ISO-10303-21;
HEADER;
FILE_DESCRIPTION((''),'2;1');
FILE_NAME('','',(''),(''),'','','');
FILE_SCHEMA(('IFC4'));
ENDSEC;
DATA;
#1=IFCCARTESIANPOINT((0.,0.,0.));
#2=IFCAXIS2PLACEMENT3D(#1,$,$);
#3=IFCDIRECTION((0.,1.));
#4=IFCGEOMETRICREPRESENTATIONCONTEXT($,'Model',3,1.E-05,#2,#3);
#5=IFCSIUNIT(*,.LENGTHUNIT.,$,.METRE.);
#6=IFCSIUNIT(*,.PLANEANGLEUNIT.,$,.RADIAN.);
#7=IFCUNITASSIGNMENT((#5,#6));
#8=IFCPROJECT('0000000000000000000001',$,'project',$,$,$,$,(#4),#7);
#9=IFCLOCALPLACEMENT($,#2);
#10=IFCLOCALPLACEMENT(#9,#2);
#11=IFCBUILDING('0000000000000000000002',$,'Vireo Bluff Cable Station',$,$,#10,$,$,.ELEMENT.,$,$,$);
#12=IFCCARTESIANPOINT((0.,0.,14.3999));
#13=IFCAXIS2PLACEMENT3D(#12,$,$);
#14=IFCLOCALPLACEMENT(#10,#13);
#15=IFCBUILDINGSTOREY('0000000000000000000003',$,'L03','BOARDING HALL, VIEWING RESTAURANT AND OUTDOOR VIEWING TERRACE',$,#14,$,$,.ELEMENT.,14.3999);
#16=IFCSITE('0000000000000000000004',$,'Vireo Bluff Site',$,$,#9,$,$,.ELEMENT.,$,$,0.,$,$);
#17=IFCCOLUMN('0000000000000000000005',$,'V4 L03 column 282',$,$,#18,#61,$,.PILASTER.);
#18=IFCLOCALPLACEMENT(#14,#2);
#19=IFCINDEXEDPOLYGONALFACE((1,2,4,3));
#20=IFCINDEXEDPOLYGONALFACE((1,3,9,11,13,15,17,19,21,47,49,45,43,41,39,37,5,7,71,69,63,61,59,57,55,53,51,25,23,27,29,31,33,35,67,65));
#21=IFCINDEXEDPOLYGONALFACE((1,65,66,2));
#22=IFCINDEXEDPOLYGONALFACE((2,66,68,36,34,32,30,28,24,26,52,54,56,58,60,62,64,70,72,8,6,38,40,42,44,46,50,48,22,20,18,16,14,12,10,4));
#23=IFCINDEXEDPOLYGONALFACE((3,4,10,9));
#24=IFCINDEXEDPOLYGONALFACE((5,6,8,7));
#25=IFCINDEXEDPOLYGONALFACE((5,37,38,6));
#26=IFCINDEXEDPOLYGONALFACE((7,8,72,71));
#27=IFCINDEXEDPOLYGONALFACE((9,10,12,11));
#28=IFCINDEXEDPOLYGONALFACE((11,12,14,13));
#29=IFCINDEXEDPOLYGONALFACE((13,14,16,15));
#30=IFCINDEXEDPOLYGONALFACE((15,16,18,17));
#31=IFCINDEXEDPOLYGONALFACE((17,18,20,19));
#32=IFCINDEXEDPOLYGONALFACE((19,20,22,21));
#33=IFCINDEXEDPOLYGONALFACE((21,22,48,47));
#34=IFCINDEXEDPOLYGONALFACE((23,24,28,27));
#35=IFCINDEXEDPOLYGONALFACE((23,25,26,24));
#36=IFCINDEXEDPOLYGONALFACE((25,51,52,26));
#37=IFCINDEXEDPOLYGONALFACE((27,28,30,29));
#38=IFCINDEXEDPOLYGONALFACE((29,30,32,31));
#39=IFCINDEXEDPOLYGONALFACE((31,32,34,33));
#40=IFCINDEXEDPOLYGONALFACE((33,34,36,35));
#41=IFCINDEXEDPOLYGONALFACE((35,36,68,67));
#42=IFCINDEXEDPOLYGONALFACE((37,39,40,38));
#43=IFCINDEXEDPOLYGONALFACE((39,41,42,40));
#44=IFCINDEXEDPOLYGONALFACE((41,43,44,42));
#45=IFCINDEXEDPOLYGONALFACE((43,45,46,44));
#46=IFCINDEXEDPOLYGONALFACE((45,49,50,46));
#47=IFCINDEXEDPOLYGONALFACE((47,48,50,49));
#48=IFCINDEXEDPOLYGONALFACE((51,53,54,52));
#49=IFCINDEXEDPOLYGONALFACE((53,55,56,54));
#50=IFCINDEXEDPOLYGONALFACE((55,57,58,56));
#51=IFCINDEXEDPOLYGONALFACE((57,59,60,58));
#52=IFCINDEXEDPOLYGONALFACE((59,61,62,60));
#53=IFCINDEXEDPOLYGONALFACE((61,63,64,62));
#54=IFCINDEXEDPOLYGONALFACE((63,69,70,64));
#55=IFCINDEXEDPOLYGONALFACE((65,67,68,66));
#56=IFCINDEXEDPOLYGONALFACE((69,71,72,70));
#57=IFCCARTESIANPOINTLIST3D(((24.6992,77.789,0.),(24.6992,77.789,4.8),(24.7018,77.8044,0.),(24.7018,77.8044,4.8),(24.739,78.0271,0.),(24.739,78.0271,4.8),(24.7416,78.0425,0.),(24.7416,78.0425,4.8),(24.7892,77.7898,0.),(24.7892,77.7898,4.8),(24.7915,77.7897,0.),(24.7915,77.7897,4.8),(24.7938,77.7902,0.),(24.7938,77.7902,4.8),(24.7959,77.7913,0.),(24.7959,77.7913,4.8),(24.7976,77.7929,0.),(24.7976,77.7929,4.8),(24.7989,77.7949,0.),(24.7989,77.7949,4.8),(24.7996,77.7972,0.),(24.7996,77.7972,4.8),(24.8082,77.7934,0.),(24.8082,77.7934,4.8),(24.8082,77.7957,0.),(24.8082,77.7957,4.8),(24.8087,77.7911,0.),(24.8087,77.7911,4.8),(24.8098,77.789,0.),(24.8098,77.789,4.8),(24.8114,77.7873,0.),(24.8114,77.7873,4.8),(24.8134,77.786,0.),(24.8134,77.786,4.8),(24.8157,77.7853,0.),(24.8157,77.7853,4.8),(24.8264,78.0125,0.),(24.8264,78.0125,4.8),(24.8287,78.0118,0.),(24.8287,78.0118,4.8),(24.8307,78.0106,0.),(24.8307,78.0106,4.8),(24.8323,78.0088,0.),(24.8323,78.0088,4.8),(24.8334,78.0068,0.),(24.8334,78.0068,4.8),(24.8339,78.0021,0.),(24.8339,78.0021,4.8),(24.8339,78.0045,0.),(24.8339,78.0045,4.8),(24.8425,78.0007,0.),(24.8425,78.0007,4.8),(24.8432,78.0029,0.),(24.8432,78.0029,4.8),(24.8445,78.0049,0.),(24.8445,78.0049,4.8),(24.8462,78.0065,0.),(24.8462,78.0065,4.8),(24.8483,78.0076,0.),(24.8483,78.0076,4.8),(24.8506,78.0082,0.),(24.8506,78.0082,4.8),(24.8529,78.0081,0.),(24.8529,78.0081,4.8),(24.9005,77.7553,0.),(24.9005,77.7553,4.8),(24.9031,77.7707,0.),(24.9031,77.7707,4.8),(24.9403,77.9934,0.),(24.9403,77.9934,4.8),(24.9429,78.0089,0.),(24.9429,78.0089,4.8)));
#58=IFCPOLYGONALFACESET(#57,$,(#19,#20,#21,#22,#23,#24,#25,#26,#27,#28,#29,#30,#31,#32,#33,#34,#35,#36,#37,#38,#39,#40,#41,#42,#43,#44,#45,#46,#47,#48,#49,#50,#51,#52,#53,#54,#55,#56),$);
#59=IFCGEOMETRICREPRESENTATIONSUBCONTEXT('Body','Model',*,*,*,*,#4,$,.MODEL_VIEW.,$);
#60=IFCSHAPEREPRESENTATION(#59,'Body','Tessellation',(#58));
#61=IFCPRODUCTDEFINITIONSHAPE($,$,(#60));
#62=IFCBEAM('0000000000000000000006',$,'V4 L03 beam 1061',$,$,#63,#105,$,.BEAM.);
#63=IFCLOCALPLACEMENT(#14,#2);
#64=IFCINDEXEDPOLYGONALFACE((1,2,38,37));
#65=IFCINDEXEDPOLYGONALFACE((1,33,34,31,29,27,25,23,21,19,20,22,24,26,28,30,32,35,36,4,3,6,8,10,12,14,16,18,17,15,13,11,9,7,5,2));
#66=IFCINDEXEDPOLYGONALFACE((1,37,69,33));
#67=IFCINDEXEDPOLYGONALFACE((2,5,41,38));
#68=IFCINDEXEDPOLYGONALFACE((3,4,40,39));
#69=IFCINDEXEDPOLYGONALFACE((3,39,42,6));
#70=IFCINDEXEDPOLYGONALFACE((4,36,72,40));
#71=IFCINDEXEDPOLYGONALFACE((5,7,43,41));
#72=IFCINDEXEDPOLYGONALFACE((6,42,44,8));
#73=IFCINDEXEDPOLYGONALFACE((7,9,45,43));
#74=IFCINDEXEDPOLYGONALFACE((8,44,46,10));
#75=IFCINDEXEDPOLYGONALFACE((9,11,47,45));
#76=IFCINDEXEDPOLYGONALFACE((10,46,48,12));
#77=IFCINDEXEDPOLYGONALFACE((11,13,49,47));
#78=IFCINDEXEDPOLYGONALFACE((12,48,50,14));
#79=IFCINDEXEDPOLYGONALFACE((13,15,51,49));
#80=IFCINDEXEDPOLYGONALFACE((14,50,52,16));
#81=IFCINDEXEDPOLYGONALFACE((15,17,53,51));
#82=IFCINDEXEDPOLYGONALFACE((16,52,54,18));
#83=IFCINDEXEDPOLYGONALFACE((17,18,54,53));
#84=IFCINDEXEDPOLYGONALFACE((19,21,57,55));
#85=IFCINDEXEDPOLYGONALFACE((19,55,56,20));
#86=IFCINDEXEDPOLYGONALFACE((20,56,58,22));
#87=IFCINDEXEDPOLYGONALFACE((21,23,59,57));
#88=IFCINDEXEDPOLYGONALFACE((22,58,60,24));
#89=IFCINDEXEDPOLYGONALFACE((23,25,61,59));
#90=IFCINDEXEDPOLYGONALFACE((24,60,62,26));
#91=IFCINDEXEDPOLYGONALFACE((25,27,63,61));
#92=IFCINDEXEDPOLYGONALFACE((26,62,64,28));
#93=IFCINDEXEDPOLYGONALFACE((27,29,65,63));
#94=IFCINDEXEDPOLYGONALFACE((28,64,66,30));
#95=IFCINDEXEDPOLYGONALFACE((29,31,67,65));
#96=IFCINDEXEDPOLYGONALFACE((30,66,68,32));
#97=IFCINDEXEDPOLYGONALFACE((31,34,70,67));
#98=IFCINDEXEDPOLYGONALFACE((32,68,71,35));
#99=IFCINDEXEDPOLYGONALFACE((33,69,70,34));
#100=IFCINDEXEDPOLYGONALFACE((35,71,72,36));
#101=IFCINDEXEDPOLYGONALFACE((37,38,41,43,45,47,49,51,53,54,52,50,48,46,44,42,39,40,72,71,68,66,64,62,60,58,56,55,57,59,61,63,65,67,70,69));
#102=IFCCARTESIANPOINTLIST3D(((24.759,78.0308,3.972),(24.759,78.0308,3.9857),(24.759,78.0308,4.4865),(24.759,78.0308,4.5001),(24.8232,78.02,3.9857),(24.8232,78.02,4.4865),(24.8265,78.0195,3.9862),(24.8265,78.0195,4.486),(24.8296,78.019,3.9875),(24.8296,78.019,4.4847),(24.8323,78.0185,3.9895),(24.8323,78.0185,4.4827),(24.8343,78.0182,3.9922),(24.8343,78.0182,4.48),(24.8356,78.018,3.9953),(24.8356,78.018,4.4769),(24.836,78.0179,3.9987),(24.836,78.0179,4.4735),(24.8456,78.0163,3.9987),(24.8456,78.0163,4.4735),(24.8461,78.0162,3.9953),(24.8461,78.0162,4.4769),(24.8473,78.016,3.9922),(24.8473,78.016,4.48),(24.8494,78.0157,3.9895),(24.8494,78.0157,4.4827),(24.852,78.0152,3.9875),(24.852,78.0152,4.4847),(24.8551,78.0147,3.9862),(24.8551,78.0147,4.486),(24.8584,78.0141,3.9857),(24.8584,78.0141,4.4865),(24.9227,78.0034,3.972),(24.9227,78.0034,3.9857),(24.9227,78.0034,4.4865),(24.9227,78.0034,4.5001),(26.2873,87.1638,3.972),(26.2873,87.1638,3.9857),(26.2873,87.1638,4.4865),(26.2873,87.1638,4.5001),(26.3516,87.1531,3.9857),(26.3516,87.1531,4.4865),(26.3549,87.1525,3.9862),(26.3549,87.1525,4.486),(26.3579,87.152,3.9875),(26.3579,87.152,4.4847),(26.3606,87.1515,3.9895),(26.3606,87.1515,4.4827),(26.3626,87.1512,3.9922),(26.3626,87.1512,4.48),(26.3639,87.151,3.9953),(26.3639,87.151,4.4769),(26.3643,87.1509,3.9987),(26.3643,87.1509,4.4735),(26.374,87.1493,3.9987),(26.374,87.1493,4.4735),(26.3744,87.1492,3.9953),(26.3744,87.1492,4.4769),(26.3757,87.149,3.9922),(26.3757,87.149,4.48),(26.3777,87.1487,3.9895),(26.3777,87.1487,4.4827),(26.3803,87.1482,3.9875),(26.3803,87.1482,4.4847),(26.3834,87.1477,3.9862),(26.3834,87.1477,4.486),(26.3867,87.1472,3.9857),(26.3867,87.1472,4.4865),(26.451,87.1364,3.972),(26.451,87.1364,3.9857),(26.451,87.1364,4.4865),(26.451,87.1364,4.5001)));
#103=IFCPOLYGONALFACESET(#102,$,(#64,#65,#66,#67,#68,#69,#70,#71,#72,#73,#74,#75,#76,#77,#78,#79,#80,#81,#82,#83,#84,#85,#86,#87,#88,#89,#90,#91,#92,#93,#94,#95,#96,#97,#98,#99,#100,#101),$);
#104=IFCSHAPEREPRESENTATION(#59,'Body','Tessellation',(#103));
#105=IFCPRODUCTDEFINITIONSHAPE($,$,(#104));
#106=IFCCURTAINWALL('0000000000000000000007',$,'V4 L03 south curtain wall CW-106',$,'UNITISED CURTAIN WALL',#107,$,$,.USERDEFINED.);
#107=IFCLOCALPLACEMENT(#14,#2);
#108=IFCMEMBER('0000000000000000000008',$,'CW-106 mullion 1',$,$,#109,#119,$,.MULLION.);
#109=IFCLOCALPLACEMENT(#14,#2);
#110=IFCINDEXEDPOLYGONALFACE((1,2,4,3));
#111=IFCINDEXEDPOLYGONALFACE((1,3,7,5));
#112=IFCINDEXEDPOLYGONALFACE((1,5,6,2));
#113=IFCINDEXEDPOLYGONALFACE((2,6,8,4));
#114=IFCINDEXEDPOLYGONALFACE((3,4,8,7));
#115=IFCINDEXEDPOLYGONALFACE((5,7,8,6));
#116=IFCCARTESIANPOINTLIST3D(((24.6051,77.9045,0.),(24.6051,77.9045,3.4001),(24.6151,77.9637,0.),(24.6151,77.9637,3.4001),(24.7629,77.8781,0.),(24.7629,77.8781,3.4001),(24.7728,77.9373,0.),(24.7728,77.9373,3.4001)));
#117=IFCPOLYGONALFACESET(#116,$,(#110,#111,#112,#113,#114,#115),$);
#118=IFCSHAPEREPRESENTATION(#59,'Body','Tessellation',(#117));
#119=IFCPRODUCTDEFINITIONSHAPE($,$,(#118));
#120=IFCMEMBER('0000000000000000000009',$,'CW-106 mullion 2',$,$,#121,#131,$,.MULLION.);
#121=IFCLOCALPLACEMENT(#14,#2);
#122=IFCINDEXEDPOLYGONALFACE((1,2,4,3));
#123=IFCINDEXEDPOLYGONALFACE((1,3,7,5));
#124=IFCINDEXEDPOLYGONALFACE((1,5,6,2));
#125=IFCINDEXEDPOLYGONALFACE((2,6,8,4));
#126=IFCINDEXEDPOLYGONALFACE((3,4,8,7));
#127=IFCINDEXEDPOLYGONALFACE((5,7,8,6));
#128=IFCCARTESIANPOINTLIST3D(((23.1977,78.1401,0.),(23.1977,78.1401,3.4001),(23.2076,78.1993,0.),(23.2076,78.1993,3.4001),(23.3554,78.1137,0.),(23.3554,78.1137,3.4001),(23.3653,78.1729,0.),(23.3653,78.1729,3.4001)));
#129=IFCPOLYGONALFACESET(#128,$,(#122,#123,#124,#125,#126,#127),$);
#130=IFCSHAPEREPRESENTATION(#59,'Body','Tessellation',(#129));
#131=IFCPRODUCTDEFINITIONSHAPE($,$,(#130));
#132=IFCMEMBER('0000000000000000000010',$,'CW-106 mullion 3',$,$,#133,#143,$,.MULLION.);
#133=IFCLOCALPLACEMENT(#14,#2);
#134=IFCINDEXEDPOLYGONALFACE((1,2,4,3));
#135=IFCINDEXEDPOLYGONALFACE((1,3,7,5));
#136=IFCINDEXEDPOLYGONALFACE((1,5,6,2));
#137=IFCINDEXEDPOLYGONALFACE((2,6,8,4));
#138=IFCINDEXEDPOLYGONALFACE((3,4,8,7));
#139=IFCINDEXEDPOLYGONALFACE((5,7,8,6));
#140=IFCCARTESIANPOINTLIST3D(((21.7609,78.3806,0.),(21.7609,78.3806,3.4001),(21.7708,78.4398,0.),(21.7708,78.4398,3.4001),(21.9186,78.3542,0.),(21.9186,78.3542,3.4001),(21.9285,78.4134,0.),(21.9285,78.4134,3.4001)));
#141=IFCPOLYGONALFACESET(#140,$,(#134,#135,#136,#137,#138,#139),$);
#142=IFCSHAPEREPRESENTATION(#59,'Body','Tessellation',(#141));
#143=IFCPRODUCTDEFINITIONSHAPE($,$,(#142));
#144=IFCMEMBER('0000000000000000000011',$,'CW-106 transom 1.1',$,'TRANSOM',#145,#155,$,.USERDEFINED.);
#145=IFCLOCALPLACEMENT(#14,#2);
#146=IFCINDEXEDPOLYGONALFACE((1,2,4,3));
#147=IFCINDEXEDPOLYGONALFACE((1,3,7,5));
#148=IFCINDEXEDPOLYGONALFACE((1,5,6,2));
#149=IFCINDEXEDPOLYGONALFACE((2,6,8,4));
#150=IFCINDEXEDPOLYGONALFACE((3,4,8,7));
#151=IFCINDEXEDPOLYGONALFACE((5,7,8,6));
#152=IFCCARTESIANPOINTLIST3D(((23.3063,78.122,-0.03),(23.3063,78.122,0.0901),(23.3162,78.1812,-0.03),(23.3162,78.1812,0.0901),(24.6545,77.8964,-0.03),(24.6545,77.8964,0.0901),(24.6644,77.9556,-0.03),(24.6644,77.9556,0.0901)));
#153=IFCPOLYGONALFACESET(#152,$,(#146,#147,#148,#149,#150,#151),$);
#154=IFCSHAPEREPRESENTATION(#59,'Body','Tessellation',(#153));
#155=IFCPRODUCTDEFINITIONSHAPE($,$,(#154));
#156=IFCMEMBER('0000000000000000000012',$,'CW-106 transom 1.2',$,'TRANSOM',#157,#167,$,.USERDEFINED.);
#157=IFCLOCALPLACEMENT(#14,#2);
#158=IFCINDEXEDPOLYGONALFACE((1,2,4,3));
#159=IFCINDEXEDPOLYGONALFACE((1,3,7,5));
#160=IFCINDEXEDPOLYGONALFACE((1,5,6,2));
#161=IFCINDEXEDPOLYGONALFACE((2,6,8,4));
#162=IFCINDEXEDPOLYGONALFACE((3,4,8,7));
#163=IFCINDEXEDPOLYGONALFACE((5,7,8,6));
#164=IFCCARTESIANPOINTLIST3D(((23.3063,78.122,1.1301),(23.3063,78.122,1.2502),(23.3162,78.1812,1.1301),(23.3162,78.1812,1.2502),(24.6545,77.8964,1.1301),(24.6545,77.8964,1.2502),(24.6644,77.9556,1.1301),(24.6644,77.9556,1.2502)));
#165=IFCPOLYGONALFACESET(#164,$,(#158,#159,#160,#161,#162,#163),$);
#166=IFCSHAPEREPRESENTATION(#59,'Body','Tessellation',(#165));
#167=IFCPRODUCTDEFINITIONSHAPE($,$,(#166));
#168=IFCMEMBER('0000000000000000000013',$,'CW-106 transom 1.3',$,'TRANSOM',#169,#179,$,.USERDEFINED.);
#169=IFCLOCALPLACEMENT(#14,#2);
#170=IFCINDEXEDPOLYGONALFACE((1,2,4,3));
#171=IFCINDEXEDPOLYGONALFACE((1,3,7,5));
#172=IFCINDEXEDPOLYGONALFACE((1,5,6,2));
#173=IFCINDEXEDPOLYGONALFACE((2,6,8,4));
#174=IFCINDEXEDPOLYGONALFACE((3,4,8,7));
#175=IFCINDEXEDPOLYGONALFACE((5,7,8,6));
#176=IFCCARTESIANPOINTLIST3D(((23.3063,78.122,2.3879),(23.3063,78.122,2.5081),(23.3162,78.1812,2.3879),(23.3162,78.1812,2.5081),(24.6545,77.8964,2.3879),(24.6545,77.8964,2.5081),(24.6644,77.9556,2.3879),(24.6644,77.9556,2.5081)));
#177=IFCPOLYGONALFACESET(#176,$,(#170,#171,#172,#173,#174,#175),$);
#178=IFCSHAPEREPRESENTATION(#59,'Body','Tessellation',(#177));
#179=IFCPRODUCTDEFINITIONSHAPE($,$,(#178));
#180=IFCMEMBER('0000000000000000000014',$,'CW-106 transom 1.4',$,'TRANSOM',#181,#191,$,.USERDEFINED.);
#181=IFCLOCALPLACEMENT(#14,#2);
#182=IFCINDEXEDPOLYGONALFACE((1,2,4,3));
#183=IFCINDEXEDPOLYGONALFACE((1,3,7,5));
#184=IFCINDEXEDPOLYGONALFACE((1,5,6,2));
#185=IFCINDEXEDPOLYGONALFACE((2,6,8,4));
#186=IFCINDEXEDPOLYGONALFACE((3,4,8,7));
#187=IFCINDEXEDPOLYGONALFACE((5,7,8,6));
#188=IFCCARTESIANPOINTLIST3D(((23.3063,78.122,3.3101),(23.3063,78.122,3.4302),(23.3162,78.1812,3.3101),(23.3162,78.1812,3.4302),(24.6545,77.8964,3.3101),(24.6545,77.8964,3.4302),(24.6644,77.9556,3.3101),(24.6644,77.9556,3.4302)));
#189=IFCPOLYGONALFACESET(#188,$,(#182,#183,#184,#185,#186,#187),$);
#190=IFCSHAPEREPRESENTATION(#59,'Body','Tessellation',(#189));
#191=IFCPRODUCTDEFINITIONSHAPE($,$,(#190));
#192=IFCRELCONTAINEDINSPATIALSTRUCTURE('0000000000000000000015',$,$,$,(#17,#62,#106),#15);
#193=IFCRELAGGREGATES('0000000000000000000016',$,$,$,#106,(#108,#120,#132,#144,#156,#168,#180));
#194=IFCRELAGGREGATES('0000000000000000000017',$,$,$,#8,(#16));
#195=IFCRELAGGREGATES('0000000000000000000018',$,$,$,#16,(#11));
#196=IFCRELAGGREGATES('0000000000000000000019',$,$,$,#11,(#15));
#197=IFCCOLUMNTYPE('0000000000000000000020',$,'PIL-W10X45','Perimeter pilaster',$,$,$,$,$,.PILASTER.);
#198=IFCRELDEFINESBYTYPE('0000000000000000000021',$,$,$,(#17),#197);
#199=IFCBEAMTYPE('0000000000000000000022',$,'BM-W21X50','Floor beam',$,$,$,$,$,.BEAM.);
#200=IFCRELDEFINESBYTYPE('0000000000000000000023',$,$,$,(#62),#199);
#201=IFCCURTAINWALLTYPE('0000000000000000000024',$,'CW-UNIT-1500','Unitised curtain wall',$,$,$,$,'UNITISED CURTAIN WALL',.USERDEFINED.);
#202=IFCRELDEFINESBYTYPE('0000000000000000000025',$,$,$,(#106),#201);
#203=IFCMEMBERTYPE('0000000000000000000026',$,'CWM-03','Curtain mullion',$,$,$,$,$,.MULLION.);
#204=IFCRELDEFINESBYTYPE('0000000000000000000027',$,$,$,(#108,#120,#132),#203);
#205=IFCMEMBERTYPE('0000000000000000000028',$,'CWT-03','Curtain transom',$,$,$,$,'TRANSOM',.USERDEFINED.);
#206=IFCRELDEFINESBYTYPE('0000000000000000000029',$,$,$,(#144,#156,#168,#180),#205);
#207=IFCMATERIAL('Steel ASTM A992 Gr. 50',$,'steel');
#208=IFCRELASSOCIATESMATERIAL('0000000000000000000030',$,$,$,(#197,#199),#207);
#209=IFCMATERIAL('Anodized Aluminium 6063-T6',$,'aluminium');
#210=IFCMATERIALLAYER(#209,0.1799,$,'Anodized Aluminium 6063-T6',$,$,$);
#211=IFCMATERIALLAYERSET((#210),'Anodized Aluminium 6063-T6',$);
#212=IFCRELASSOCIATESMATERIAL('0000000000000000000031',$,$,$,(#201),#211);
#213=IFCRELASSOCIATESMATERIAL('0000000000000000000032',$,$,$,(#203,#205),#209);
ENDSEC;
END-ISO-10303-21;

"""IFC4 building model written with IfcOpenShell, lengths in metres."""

from ifc_helpers import new_model, si_unit, direction, frame, origin, origin_2d, place, context, subcontext, project, spatial, rectangle, i_section, extrude, material, layer, layer_set, material_profile, profile_set, type_object, element, aggregate, save


model = new_model("IFC4")

# Units and contexts
model_context = context("Model", 3, precision=1e-05, world=origin(), true_north=direction((0.0, 1.0)))
body_context = subcontext(model_context, "Body", "Model", "MODEL_VIEW")
ifc_project = project(units=[si_unit("LENGTHUNIT", "METRE"), si_unit("PLANEANGLEUNIT", "RADIAN")], contexts=[model_context])

# Site, building, storey
site_placement = place(None, origin())
site = spatial("IfcSite", under=ifc_project, at=site_placement, Name="Vireo Bluff Site", CompositionType="ELEMENT", RefElevation=0.0)
building_placement = place(site_placement, origin())
building = spatial("IfcBuilding", under=site, at=building_placement, Name="Vireo Bluff Cable Station", CompositionType="ELEMENT")
storey_placement = place(building_placement, frame((0.0, 0.0, 14.3999)))
storey = spatial("IfcBuildingStorey", under=building, at=storey_placement, Name="L03", Description="BOARDING HALL, VIEWING RESTAURANT AND OUTDOOR VIEWING TERRACE", CompositionType="ELEMENT", Elevation=14.3999)

# Column
ifc_material_1 = material(Name="Steel ASTM A992 Gr. 50", Category="steel")
ifc_material_profile_1 = material_profile(ifc_material_1, i_section(OverallWidth=0.2041, OverallDepth=0.2571, WebThickness=0.0088, FlangeThickness=0.0156, FilletRadius=0.009, at=origin_2d()), Name="W10X45")
ifc_profile_set_1 = profile_set([ifc_material_profile_1], Name="Steel ASTM A992 Gr. 50")
column_type = type_object("IfcColumnType", Name="PIL-W10X45", Description="Perimeter pilaster", PredefinedType="PILASTER", material=ifc_profile_set_1)
column_placement = place(storey_placement, frame((24.821, 77.8989, 0.0), z_axis=(0.0, 0.0, 1.0), x_axis=(0.986286, -0.165048, 0.0)))
element("IfcColumn", 1, at=column_placement, inside=storey, type_object=column_type, Name="V4 L03 column 282", PredefinedType="PILASTER", context=body_context, shape_type="SweptSolid", body=[
    extrude(i_section(OverallWidth=0.2041, OverallDepth=0.2571, WebThickness=0.0088, FlangeThickness=0.0156, FilletRadius=0.009, at=origin_2d()), origin(), (0.0, 0.0, 1.0), 4.8),
])

# Beam
ifc_material_profile_2 = material_profile(ifc_material_1, i_section(OverallWidth=0.166, OverallDepth=0.5281, WebThickness=0.0098, FlangeThickness=0.0137, FilletRadius=0.0129, at=origin_2d()), Name="W21X50")
ifc_profile_set_2 = profile_set([ifc_material_profile_2], Name="Steel ASTM A992 Gr. 50")
beam_type_1 = type_object("IfcBeamType", Name="BM-W21X50", Description="Floor beam", PredefinedType="BEAM", material=ifc_profile_set_2)
beam_1_placement = place(storey_placement, frame((24.8408, 78.0171, 4.2361), z_axis=(0.165045, 0.986286, 0.0), x_axis=(-0.986286, 0.165045, 0.0)))
element("IfcBeam", 2, at=beam_1_placement, inside=storey, type_object=beam_type_1, Name="V4 L03 beam 1061", PredefinedType="BEAM", context=body_context, shape_type="SweptSolid", body=[
    extrude(i_section(OverallWidth=0.166, OverallDepth=0.5281, WebThickness=0.0098, FlangeThickness=0.0137, FilletRadius=0.0129, at=origin_2d()), origin(), (0.0, 0.0, 1.0), 9.26),
])

# Curtain wall, members
ifc_material_2 = material(Name="Anodized Aluminium 6063-T6", Category="aluminium")
ifc_layer_1 = layer(ifc_material_2, 0.1799, Name="Anodized Aluminium 6063-T6")
ifc_layer_set_1 = layer_set([ifc_layer_1], Name="Anodized Aluminium 6063-T6")
curtain_wall_type = type_object("IfcCurtainWallType", Name="CW-UNIT-1500", Description="Unitised curtain wall", ElementType="UNITISED CURTAIN WALL", PredefinedType="USERDEFINED", material=ifc_layer_set_1)
curtain_wall_placement = place(storey_placement, origin())
curtain_wall = element("IfcCurtainWall", 3, at=curtain_wall_placement, inside=storey, type_object=curtain_wall_type, Name="V4 L03 south curtain wall CW-106", ObjectType="UNITISED CURTAIN WALL", PredefinedType="USERDEFINED")
ifc_material_profile_3 = material_profile(ifc_material_2, rectangle(XDim=0.0601, YDim=0.1599, at=origin_2d()), Name="ALU-M-60X160")
ifc_profile_set_3 = profile_set([ifc_material_profile_3], Name="Anodized Aluminium 6063-T6")
member_type_1 = type_object("IfcMemberType", Name="CWM-03", Description="Curtain mullion", PredefinedType="MULLION", material=ifc_profile_set_3)
member_1_placement = place(storey_placement, frame((24.689, 77.9209, 0.0), z_axis=(0.0, 0.0, 1.0), x_axis=(-0.165048, -0.986286, 0.0)))
member_1 = element("IfcMember", 4, at=member_1_placement, type_object=member_type_1, Name="CW-106 mullion 1", PredefinedType="MULLION", context=body_context, shape_type="SweptSolid", body=[
    extrude(rectangle(XDim=0.0601, YDim=0.1599, at=origin_2d()), origin(), (0.0, 0.0, 1.0), 3.4001),
])
member_2_placement = place(storey_placement, frame((23.2815, 78.1565, 0.0), z_axis=(0.0, 0.0, 1.0), x_axis=(-0.165048, -0.986286, 0.0)))
member_2 = element("IfcMember", 5, at=member_2_placement, type_object=member_type_1, Name="CW-106 mullion 2", PredefinedType="MULLION", context=body_context, shape_type="SweptSolid", body=[
    extrude(rectangle(XDim=0.0601, YDim=0.1599, at=origin_2d()), origin(), (0.0, 0.0, 1.0), 3.4001),
])
member_3_placement = place(storey_placement, frame((21.8447, 78.397, 0.0), z_axis=(0.0, 0.0, 1.0), x_axis=(-0.165048, -0.986286, 0.0)))
member_3 = element("IfcMember", 6, at=member_3_placement, type_object=member_type_1, Name="CW-106 mullion 3", PredefinedType="MULLION", context=body_context, shape_type="SweptSolid", body=[
    extrude(rectangle(XDim=0.0601, YDim=0.1599, at=origin_2d()), origin(), (0.0, 0.0, 1.0), 3.4001),
])
ifc_material_profile_4 = material_profile(ifc_material_2, rectangle(XDim=0.0601, YDim=0.1201, at=origin_2d()), Name="ALU-T-60X120")
ifc_profile_set_4 = profile_set([ifc_material_profile_4], Name="Anodized Aluminium 6063-T6")
member_type_2 = type_object("IfcMemberType", Name="CWT-03", Description="Curtain transom", ElementType="TRANSOM", PredefinedType="USERDEFINED", material=ifc_profile_set_4)
member_4_placement = place(storey_placement, frame((24.6594, 77.926, 0.03), z_axis=(-0.986288, 0.165036, 0.0), x_axis=(-0.165036, -0.986288, 0.0)))
member_4 = element("IfcMember", 7, at=member_4_placement, type_object=member_type_2, Name="CW-106 transom 1.1", ObjectType="TRANSOM", PredefinedType="USERDEFINED", context=body_context, shape_type="SweptSolid", body=[
    extrude(rectangle(XDim=0.0601, YDim=0.1201, at=origin_2d()), origin(), (0.0, 0.0, 1.0), 1.3669),
])
member_5_placement = place(storey_placement, frame((24.6594, 77.926, 1.1902), z_axis=(-0.986288, 0.165036, 0.0), x_axis=(-0.165036, -0.986288, 0.0)))
member_5 = element("IfcMember", 8, at=member_5_placement, type_object=member_type_2, Name="CW-106 transom 1.2", ObjectType="TRANSOM", PredefinedType="USERDEFINED", context=body_context, shape_type="SweptSolid", body=[
    extrude(rectangle(XDim=0.0601, YDim=0.1201, at=origin_2d()), origin(), (0.0, 0.0, 1.0), 1.3669),
])
member_6_placement = place(storey_placement, frame((24.6594, 77.926, 2.448), z_axis=(-0.986288, 0.165036, 0.0), x_axis=(-0.165036, -0.986288, 0.0)))
member_6 = element("IfcMember", 9, at=member_6_placement, type_object=member_type_2, Name="CW-106 transom 1.3", ObjectType="TRANSOM", PredefinedType="USERDEFINED", context=body_context, shape_type="SweptSolid", body=[
    extrude(rectangle(XDim=0.0601, YDim=0.1201, at=origin_2d()), origin(), (0.0, 0.0, 1.0), 1.3669),
])
member_7_placement = place(storey_placement, frame((24.6594, 77.926, 3.3701), z_axis=(-0.986288, 0.165036, 0.0), x_axis=(-0.165036, -0.986288, 0.0)))
member_7 = element("IfcMember", 10, at=member_7_placement, type_object=member_type_2, Name="CW-106 transom 1.4", ObjectType="TRANSOM", PredefinedType="USERDEFINED", context=body_context, shape_type="SweptSolid", body=[
    extrude(rectangle(XDim=0.0601, YDim=0.1201, at=origin_2d()), origin(), (0.0, 0.0, 1.0), 1.3669),
])

aggregate(curtain_wall, [member_1, member_2, member_3, member_4, member_5, member_6, member_7])

save(model, "model.ifc")
